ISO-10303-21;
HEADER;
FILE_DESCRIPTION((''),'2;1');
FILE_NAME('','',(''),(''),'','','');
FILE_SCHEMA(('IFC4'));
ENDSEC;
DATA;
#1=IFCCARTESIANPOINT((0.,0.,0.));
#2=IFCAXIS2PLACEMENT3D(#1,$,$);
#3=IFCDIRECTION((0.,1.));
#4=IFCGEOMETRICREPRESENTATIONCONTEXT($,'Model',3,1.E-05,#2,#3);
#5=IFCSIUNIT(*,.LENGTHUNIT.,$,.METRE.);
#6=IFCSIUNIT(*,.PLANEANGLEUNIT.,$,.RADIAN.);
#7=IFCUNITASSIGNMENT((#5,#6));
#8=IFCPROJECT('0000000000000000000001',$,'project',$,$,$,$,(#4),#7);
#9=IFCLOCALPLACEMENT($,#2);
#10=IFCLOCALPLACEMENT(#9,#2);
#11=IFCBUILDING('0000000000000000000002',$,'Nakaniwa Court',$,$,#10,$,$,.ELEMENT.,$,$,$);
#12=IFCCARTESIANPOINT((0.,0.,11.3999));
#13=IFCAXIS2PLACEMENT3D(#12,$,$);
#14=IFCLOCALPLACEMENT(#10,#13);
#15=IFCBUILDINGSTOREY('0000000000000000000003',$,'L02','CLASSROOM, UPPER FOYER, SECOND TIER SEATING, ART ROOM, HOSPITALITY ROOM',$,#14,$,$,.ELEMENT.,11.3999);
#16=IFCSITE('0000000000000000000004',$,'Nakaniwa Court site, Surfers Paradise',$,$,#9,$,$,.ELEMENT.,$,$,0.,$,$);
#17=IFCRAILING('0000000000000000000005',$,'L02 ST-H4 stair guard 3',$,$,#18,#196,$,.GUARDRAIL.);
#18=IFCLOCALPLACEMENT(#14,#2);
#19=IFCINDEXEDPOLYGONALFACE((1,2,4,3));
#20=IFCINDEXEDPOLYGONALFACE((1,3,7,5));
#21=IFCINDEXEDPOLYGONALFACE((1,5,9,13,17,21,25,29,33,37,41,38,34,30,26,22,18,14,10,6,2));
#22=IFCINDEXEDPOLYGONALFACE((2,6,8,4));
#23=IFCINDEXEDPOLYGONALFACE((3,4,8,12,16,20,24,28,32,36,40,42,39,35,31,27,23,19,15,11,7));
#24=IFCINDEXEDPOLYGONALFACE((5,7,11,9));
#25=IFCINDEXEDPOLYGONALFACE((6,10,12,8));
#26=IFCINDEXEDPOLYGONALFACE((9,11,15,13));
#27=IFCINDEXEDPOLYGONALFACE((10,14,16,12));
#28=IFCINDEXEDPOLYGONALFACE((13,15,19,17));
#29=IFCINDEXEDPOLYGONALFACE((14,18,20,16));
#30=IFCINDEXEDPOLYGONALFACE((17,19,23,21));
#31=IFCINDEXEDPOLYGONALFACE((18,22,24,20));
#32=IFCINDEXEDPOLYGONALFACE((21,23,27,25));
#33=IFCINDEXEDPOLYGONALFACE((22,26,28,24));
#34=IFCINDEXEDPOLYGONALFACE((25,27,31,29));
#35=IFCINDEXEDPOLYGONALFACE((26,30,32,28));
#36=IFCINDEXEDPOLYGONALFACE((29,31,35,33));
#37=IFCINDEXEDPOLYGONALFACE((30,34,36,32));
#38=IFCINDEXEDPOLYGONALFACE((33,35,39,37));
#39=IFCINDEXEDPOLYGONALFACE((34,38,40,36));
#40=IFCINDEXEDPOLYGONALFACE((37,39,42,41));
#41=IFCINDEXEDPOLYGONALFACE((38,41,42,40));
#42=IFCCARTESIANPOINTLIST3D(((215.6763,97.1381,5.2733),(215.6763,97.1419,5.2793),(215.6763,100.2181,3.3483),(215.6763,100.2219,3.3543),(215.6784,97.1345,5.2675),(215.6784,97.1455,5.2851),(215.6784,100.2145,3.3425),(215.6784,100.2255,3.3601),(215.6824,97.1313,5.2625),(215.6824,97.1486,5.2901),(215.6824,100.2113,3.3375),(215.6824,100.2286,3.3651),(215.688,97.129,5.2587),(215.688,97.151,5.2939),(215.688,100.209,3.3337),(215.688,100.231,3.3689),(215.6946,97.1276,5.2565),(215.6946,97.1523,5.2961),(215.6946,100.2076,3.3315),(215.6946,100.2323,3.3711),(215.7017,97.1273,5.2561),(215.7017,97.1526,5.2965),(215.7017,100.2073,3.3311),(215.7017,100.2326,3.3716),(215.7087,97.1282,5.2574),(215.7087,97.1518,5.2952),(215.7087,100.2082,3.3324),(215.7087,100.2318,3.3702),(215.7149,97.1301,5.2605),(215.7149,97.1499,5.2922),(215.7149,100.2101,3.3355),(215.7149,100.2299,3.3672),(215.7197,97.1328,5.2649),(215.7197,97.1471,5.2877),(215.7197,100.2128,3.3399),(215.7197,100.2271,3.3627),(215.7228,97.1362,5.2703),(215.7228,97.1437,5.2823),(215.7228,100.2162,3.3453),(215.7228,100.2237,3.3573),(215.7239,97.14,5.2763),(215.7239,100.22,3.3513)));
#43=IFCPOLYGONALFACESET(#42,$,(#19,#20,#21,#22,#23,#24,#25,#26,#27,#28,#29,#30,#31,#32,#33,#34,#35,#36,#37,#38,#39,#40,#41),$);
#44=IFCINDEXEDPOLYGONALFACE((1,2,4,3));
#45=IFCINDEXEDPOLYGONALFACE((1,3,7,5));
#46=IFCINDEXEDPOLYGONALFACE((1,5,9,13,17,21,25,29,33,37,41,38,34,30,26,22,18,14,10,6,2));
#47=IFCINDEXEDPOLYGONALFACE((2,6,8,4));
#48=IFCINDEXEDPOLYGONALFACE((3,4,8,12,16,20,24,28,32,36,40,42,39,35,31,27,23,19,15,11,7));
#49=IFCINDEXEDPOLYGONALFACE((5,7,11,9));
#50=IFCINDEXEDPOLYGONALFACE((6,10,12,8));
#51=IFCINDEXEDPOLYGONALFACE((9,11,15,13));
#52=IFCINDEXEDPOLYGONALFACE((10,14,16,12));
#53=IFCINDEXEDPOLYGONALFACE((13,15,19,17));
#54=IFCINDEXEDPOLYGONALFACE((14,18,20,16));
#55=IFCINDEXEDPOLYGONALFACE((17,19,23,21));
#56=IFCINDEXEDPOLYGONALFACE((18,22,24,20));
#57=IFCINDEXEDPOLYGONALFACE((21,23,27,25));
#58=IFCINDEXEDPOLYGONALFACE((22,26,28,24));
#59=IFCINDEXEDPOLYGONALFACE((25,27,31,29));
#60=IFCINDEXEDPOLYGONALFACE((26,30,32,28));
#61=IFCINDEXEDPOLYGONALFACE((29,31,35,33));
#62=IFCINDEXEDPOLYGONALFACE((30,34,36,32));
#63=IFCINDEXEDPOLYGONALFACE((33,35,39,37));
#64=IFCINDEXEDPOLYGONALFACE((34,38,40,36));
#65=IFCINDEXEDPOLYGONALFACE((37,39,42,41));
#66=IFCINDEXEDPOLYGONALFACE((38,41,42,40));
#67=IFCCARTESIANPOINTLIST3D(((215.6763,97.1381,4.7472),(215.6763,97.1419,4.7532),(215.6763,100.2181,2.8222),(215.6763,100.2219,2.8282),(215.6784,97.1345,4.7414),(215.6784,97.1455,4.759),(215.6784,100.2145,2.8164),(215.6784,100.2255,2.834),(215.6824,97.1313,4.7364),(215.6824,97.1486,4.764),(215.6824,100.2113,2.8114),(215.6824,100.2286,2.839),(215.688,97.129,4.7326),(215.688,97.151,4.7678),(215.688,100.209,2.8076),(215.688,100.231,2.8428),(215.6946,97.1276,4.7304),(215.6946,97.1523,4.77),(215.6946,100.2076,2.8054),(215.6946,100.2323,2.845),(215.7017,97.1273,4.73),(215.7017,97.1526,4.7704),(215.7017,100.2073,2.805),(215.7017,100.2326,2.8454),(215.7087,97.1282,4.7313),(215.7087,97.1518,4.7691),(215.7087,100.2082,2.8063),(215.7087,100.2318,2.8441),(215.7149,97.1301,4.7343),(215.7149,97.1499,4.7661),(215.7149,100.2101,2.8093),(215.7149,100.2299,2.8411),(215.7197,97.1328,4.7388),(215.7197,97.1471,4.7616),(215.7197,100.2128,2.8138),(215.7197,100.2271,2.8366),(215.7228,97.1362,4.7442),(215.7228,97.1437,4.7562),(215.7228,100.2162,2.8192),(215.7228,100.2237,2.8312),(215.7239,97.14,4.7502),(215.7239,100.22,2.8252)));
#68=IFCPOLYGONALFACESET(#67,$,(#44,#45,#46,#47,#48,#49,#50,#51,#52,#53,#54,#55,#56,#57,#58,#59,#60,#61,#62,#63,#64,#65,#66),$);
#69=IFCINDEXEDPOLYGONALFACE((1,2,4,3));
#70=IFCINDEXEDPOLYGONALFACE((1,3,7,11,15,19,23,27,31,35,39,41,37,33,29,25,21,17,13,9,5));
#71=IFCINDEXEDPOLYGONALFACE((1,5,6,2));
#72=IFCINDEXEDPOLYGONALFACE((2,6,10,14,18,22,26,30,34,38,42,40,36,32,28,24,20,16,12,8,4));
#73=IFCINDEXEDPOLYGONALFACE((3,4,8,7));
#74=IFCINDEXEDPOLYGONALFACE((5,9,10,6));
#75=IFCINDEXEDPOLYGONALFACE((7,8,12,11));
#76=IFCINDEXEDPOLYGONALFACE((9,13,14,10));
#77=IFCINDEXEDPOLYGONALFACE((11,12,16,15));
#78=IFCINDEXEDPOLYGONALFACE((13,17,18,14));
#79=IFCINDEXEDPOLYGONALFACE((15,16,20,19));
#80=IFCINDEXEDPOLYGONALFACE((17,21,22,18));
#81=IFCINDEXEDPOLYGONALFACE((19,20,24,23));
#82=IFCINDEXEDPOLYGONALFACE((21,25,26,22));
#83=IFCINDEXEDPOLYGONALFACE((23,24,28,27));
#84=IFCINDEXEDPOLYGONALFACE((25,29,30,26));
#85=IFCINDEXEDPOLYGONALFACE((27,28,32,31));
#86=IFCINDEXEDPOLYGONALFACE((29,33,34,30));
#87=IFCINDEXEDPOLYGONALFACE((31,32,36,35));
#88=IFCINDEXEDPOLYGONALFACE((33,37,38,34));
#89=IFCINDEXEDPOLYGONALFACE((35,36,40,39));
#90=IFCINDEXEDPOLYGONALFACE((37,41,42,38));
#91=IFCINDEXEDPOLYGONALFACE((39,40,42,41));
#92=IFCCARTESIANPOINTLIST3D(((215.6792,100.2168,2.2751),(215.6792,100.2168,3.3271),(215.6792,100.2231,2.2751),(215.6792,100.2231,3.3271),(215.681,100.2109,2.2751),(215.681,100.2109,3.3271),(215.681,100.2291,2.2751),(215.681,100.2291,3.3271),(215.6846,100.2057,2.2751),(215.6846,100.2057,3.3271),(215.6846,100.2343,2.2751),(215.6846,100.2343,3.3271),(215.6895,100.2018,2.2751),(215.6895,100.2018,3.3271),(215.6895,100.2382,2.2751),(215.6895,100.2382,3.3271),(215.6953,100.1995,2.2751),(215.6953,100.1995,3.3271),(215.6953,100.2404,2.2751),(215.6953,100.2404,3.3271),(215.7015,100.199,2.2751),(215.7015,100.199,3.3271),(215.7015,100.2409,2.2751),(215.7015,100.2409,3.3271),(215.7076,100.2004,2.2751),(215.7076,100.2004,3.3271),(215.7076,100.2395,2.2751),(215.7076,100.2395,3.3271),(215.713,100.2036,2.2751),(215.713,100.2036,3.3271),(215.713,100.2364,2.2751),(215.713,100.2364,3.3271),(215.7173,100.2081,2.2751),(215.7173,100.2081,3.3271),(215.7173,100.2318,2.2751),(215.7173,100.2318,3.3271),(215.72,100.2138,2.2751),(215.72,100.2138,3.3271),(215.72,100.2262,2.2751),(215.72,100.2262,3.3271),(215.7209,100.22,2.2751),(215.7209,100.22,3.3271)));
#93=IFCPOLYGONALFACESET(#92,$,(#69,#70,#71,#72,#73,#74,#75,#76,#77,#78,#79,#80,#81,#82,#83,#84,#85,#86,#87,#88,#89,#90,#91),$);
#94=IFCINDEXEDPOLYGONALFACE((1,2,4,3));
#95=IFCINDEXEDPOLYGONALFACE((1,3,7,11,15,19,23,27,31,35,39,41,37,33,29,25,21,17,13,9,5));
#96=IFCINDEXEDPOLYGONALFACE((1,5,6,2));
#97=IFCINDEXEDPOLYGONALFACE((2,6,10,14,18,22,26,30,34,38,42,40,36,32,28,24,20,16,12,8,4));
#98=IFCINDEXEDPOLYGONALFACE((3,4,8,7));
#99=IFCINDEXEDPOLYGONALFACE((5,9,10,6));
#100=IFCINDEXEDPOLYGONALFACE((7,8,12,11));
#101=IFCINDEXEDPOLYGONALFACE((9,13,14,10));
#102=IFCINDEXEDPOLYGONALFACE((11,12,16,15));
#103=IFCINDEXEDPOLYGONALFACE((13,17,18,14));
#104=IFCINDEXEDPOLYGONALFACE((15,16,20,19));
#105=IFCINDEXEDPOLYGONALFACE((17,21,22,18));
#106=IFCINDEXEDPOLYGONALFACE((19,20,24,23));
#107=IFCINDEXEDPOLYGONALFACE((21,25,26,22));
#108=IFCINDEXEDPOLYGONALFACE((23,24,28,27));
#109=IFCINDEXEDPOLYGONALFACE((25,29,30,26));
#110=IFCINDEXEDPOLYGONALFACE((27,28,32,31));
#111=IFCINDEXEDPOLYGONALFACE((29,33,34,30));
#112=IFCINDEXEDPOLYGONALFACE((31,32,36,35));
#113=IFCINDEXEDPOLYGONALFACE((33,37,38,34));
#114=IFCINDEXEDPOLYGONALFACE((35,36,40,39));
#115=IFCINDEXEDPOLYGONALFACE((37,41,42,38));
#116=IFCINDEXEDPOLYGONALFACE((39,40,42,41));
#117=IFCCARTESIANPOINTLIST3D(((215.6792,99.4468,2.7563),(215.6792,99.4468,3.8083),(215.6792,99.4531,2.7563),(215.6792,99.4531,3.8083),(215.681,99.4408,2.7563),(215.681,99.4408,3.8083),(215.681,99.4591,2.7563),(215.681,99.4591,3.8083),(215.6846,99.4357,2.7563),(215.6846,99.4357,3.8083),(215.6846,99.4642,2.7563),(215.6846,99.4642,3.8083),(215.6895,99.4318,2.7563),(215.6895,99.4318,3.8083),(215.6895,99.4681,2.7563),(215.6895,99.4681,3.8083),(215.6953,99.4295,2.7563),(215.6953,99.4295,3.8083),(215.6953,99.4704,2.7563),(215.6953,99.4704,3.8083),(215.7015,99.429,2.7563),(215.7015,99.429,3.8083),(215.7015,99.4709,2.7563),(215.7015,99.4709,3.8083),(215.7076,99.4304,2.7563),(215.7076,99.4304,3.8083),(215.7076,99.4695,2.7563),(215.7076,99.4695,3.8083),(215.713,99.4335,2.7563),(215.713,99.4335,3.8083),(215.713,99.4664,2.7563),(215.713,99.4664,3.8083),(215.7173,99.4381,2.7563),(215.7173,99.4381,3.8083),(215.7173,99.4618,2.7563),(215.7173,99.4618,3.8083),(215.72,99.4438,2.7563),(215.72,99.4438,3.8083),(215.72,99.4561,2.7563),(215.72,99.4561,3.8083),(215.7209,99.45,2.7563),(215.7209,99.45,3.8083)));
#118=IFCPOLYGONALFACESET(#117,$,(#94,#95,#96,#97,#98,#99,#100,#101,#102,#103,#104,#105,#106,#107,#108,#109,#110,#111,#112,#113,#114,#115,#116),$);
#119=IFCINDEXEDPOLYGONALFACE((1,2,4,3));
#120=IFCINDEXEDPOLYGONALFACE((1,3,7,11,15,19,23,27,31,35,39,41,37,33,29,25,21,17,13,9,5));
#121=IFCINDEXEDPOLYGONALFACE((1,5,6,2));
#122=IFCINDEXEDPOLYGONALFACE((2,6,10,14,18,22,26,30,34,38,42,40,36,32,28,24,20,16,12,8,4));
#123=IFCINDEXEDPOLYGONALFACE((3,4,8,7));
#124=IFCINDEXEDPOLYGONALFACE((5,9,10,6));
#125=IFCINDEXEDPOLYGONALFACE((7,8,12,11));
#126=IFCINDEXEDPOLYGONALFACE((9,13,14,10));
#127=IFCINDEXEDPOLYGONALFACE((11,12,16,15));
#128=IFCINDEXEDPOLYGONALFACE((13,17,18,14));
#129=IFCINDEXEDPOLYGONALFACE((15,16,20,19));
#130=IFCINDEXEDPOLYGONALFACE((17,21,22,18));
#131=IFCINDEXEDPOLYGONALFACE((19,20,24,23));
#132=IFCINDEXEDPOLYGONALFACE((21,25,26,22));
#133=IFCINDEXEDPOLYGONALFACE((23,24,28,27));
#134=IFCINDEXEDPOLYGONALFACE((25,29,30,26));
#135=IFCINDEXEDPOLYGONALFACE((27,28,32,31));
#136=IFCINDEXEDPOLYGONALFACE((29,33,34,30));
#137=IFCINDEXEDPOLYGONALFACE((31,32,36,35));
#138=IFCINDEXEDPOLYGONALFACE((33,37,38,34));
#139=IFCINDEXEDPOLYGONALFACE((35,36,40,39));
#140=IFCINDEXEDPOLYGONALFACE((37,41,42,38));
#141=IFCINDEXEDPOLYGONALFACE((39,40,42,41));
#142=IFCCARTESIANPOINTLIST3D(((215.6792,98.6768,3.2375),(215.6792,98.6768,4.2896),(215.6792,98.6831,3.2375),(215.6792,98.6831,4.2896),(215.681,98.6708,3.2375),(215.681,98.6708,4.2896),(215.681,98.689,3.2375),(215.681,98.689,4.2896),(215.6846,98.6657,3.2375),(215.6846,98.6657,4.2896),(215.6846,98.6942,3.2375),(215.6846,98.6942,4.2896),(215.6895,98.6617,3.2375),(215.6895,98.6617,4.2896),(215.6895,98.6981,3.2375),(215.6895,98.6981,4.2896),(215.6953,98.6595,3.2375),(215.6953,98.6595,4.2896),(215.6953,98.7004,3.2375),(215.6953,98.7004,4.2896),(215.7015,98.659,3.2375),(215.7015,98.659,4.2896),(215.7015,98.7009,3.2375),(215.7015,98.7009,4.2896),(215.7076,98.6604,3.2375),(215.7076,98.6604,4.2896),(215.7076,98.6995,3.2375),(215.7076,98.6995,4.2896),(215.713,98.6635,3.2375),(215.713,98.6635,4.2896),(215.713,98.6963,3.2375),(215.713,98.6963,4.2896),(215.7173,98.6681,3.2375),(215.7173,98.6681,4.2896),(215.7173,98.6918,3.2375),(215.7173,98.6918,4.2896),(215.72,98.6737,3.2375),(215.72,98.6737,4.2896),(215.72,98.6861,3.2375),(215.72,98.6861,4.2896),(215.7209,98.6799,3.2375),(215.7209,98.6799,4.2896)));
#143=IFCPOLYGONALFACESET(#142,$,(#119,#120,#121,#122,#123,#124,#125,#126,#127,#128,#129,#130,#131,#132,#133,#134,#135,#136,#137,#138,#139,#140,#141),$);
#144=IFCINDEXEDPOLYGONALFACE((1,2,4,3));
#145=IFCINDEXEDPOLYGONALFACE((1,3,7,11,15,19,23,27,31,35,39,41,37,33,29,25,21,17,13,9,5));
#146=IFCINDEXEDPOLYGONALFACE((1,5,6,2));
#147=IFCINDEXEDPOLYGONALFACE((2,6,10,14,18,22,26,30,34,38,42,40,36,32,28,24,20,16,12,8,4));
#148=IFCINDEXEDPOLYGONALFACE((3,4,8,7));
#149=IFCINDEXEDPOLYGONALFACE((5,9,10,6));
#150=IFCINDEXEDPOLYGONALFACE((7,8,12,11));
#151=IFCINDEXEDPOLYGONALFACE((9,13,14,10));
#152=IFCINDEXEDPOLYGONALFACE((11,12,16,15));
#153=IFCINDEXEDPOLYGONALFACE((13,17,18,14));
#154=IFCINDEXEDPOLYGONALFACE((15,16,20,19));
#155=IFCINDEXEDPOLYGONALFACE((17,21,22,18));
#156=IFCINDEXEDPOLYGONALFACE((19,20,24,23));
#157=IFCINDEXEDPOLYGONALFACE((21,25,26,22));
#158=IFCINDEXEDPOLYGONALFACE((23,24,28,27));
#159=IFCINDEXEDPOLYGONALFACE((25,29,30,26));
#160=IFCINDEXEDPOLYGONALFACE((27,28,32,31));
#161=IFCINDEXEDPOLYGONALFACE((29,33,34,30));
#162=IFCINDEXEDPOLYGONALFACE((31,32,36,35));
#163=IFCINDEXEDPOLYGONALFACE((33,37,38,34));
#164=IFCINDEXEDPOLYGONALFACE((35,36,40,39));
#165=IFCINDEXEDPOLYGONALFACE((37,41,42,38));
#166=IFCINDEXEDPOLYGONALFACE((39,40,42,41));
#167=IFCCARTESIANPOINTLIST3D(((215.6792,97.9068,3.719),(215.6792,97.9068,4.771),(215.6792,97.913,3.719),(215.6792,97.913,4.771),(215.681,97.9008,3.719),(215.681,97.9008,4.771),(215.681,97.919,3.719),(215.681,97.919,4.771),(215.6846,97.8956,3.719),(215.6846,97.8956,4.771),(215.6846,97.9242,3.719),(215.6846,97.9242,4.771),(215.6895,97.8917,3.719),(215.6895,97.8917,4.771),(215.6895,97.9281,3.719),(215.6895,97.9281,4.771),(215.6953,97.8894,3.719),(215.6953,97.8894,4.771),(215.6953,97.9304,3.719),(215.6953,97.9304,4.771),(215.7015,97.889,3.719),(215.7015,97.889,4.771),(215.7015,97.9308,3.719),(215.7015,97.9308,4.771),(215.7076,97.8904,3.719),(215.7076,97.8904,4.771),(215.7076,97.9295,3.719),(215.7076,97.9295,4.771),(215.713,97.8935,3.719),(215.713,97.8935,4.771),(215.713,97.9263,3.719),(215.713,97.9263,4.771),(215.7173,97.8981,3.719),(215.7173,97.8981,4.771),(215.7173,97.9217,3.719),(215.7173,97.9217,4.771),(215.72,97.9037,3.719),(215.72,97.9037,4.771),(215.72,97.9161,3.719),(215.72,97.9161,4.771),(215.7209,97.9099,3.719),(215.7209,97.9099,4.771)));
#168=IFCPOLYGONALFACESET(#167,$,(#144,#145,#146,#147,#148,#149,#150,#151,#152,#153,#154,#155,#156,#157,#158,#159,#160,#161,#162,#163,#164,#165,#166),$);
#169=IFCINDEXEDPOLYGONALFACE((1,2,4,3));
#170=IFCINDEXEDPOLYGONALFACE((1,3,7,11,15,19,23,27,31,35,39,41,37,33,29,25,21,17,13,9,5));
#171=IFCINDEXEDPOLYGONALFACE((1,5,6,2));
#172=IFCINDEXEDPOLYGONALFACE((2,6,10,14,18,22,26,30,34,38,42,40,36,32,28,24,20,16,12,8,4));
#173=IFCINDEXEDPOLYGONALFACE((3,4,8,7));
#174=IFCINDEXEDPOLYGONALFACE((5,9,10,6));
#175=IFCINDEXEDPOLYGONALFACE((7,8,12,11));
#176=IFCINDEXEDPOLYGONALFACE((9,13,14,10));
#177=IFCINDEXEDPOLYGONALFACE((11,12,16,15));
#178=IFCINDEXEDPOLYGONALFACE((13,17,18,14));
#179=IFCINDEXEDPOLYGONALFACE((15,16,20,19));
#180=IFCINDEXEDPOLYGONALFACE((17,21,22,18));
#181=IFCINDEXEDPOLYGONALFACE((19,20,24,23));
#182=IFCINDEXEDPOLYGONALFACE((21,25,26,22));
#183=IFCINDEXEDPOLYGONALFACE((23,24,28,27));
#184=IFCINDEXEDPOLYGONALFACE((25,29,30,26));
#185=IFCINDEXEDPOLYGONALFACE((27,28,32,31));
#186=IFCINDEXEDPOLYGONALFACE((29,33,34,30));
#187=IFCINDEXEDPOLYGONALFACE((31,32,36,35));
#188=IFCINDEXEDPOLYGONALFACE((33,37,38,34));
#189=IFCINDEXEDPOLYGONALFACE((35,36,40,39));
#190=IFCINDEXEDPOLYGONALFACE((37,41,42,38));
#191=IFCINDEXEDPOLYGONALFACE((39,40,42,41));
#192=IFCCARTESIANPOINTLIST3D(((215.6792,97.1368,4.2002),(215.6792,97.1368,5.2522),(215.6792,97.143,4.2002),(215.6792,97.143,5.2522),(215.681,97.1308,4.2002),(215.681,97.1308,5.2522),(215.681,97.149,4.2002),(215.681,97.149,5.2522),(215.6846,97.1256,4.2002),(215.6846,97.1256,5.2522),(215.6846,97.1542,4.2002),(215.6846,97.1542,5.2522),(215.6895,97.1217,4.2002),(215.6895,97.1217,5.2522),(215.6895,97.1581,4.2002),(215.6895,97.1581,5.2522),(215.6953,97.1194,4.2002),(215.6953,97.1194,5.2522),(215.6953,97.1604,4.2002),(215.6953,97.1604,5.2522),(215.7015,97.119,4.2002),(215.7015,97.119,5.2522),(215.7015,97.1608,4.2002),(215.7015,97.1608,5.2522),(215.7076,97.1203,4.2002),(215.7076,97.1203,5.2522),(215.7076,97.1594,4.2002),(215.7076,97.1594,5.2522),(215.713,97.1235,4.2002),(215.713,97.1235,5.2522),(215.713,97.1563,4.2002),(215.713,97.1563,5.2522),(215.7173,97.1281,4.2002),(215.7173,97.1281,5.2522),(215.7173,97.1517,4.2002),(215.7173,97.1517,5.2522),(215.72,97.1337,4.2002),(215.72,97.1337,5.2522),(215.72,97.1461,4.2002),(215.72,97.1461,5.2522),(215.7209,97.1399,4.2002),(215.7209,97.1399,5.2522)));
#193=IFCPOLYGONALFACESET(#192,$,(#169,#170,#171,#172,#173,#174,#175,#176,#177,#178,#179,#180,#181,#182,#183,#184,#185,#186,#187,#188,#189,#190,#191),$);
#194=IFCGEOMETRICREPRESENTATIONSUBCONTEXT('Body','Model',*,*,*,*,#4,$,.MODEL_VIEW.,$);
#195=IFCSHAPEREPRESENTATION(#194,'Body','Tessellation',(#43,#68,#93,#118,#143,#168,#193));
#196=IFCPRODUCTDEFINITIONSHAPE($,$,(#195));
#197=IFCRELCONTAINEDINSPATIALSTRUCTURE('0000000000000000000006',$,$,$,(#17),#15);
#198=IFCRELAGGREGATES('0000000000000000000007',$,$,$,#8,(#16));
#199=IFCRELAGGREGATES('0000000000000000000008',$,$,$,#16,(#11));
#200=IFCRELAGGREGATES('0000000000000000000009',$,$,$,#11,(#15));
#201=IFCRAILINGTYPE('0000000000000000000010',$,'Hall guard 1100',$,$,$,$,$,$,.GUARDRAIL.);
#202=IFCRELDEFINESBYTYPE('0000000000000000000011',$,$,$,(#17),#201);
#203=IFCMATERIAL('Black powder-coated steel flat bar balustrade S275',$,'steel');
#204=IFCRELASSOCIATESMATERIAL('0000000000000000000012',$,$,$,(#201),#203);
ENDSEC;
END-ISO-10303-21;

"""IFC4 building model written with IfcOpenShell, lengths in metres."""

from ifc_helpers import new_model, si_unit, direction, frame, origin, origin_2d, place, context, subcontext, project, spatial, circle, extrude, material, type_object, element, save


model = new_model("IFC4")

# Units and contexts
model_context = context("Model", 3, precision=1e-05, world=origin(), true_north=direction((0.0, 1.0)))
body_context = subcontext(model_context, "Body", "Model", "MODEL_VIEW")
ifc_project = project(units=[si_unit("LENGTHUNIT", "METRE"), si_unit("PLANEANGLEUNIT", "RADIAN")], contexts=[model_context])

# Site, building, storey
site_placement = place(None, origin())
site = spatial("IfcSite", under=ifc_project, at=site_placement, Name="Nakaniwa Court site, Surfers Paradise", CompositionType="ELEMENT", RefElevation=0.0)
building_placement = place(site_placement, origin())
building = spatial("IfcBuilding", under=site, at=building_placement, Name="Nakaniwa Court", CompositionType="ELEMENT")
storey_placement = place(building_placement, frame((0.0, 0.0, 11.3999)))
storey = spatial("IfcBuildingStorey", under=building, at=storey_placement, Name="L02", Description="CLASSROOM, UPPER FOYER, SECOND TIER SEATING, ART ROOM, HOSPITALITY ROOM", CompositionType="ELEMENT", Elevation=11.3999)

# Railing
ifc_material_1 = material(Name="Black powder-coated steel flat bar balustrade S275", Category="steel")
railing_type_1 = type_object("IfcRailingType", Name="Hall guard 1100", PredefinedType="GUARDRAIL", material=ifc_material_1)
railing_1_placement = place(storey_placement, frame((215.7, 100.22, 2.2751)))
element("IfcRailing", 1, at=railing_1_placement, inside=storey, type_object=railing_type_1, Name="L02 ST-H4 stair guard 3", PredefinedType="GUARDRAIL", context=body_context, shape_type="SweptSolid", body=[
    extrude(circle(Radius=0.0239, at=origin_2d()), frame((0.0, 0.0, 1.0762), z_axis=(0.0, -0.847998, 0.529999), x_axis=(1.0, 0.0, 0.0)), (0.0, 0.0, 1.0), 3.6321),
    extrude(circle(Radius=0.0239, at=origin_2d()), frame((0.0, 0.0, 0.55), z_axis=(0.0, -0.847998, 0.529999), x_axis=(1.0, 0.0, 0.0)), (0.0, 0.0, 1.0), 3.6321),
    extrude(circle(Radius=0.021, at=origin_2d()), origin(), (0.0, 0.0, 1.0), 1.052),
    extrude(circle(Radius=0.021, at=origin_2d()), frame((0.0, -0.77, 0.4812)), (0.0, 0.0, 1.0), 1.052),
    extrude(circle(Radius=0.021, at=origin_2d()), frame((0.0, -1.54, 0.9624)), (0.0, 0.0, 1.0), 1.052),
    extrude(circle(Radius=0.021, at=origin_2d()), frame((0.0, -2.3101, 1.4438)), (0.0, 0.0, 1.0), 1.052),
    extrude(circle(Radius=0.021, at=origin_2d()), frame((0.0, -3.0801, 1.925)), (0.0, 0.0, 1.0), 1.052),
])

save(model, "model.ifc")
